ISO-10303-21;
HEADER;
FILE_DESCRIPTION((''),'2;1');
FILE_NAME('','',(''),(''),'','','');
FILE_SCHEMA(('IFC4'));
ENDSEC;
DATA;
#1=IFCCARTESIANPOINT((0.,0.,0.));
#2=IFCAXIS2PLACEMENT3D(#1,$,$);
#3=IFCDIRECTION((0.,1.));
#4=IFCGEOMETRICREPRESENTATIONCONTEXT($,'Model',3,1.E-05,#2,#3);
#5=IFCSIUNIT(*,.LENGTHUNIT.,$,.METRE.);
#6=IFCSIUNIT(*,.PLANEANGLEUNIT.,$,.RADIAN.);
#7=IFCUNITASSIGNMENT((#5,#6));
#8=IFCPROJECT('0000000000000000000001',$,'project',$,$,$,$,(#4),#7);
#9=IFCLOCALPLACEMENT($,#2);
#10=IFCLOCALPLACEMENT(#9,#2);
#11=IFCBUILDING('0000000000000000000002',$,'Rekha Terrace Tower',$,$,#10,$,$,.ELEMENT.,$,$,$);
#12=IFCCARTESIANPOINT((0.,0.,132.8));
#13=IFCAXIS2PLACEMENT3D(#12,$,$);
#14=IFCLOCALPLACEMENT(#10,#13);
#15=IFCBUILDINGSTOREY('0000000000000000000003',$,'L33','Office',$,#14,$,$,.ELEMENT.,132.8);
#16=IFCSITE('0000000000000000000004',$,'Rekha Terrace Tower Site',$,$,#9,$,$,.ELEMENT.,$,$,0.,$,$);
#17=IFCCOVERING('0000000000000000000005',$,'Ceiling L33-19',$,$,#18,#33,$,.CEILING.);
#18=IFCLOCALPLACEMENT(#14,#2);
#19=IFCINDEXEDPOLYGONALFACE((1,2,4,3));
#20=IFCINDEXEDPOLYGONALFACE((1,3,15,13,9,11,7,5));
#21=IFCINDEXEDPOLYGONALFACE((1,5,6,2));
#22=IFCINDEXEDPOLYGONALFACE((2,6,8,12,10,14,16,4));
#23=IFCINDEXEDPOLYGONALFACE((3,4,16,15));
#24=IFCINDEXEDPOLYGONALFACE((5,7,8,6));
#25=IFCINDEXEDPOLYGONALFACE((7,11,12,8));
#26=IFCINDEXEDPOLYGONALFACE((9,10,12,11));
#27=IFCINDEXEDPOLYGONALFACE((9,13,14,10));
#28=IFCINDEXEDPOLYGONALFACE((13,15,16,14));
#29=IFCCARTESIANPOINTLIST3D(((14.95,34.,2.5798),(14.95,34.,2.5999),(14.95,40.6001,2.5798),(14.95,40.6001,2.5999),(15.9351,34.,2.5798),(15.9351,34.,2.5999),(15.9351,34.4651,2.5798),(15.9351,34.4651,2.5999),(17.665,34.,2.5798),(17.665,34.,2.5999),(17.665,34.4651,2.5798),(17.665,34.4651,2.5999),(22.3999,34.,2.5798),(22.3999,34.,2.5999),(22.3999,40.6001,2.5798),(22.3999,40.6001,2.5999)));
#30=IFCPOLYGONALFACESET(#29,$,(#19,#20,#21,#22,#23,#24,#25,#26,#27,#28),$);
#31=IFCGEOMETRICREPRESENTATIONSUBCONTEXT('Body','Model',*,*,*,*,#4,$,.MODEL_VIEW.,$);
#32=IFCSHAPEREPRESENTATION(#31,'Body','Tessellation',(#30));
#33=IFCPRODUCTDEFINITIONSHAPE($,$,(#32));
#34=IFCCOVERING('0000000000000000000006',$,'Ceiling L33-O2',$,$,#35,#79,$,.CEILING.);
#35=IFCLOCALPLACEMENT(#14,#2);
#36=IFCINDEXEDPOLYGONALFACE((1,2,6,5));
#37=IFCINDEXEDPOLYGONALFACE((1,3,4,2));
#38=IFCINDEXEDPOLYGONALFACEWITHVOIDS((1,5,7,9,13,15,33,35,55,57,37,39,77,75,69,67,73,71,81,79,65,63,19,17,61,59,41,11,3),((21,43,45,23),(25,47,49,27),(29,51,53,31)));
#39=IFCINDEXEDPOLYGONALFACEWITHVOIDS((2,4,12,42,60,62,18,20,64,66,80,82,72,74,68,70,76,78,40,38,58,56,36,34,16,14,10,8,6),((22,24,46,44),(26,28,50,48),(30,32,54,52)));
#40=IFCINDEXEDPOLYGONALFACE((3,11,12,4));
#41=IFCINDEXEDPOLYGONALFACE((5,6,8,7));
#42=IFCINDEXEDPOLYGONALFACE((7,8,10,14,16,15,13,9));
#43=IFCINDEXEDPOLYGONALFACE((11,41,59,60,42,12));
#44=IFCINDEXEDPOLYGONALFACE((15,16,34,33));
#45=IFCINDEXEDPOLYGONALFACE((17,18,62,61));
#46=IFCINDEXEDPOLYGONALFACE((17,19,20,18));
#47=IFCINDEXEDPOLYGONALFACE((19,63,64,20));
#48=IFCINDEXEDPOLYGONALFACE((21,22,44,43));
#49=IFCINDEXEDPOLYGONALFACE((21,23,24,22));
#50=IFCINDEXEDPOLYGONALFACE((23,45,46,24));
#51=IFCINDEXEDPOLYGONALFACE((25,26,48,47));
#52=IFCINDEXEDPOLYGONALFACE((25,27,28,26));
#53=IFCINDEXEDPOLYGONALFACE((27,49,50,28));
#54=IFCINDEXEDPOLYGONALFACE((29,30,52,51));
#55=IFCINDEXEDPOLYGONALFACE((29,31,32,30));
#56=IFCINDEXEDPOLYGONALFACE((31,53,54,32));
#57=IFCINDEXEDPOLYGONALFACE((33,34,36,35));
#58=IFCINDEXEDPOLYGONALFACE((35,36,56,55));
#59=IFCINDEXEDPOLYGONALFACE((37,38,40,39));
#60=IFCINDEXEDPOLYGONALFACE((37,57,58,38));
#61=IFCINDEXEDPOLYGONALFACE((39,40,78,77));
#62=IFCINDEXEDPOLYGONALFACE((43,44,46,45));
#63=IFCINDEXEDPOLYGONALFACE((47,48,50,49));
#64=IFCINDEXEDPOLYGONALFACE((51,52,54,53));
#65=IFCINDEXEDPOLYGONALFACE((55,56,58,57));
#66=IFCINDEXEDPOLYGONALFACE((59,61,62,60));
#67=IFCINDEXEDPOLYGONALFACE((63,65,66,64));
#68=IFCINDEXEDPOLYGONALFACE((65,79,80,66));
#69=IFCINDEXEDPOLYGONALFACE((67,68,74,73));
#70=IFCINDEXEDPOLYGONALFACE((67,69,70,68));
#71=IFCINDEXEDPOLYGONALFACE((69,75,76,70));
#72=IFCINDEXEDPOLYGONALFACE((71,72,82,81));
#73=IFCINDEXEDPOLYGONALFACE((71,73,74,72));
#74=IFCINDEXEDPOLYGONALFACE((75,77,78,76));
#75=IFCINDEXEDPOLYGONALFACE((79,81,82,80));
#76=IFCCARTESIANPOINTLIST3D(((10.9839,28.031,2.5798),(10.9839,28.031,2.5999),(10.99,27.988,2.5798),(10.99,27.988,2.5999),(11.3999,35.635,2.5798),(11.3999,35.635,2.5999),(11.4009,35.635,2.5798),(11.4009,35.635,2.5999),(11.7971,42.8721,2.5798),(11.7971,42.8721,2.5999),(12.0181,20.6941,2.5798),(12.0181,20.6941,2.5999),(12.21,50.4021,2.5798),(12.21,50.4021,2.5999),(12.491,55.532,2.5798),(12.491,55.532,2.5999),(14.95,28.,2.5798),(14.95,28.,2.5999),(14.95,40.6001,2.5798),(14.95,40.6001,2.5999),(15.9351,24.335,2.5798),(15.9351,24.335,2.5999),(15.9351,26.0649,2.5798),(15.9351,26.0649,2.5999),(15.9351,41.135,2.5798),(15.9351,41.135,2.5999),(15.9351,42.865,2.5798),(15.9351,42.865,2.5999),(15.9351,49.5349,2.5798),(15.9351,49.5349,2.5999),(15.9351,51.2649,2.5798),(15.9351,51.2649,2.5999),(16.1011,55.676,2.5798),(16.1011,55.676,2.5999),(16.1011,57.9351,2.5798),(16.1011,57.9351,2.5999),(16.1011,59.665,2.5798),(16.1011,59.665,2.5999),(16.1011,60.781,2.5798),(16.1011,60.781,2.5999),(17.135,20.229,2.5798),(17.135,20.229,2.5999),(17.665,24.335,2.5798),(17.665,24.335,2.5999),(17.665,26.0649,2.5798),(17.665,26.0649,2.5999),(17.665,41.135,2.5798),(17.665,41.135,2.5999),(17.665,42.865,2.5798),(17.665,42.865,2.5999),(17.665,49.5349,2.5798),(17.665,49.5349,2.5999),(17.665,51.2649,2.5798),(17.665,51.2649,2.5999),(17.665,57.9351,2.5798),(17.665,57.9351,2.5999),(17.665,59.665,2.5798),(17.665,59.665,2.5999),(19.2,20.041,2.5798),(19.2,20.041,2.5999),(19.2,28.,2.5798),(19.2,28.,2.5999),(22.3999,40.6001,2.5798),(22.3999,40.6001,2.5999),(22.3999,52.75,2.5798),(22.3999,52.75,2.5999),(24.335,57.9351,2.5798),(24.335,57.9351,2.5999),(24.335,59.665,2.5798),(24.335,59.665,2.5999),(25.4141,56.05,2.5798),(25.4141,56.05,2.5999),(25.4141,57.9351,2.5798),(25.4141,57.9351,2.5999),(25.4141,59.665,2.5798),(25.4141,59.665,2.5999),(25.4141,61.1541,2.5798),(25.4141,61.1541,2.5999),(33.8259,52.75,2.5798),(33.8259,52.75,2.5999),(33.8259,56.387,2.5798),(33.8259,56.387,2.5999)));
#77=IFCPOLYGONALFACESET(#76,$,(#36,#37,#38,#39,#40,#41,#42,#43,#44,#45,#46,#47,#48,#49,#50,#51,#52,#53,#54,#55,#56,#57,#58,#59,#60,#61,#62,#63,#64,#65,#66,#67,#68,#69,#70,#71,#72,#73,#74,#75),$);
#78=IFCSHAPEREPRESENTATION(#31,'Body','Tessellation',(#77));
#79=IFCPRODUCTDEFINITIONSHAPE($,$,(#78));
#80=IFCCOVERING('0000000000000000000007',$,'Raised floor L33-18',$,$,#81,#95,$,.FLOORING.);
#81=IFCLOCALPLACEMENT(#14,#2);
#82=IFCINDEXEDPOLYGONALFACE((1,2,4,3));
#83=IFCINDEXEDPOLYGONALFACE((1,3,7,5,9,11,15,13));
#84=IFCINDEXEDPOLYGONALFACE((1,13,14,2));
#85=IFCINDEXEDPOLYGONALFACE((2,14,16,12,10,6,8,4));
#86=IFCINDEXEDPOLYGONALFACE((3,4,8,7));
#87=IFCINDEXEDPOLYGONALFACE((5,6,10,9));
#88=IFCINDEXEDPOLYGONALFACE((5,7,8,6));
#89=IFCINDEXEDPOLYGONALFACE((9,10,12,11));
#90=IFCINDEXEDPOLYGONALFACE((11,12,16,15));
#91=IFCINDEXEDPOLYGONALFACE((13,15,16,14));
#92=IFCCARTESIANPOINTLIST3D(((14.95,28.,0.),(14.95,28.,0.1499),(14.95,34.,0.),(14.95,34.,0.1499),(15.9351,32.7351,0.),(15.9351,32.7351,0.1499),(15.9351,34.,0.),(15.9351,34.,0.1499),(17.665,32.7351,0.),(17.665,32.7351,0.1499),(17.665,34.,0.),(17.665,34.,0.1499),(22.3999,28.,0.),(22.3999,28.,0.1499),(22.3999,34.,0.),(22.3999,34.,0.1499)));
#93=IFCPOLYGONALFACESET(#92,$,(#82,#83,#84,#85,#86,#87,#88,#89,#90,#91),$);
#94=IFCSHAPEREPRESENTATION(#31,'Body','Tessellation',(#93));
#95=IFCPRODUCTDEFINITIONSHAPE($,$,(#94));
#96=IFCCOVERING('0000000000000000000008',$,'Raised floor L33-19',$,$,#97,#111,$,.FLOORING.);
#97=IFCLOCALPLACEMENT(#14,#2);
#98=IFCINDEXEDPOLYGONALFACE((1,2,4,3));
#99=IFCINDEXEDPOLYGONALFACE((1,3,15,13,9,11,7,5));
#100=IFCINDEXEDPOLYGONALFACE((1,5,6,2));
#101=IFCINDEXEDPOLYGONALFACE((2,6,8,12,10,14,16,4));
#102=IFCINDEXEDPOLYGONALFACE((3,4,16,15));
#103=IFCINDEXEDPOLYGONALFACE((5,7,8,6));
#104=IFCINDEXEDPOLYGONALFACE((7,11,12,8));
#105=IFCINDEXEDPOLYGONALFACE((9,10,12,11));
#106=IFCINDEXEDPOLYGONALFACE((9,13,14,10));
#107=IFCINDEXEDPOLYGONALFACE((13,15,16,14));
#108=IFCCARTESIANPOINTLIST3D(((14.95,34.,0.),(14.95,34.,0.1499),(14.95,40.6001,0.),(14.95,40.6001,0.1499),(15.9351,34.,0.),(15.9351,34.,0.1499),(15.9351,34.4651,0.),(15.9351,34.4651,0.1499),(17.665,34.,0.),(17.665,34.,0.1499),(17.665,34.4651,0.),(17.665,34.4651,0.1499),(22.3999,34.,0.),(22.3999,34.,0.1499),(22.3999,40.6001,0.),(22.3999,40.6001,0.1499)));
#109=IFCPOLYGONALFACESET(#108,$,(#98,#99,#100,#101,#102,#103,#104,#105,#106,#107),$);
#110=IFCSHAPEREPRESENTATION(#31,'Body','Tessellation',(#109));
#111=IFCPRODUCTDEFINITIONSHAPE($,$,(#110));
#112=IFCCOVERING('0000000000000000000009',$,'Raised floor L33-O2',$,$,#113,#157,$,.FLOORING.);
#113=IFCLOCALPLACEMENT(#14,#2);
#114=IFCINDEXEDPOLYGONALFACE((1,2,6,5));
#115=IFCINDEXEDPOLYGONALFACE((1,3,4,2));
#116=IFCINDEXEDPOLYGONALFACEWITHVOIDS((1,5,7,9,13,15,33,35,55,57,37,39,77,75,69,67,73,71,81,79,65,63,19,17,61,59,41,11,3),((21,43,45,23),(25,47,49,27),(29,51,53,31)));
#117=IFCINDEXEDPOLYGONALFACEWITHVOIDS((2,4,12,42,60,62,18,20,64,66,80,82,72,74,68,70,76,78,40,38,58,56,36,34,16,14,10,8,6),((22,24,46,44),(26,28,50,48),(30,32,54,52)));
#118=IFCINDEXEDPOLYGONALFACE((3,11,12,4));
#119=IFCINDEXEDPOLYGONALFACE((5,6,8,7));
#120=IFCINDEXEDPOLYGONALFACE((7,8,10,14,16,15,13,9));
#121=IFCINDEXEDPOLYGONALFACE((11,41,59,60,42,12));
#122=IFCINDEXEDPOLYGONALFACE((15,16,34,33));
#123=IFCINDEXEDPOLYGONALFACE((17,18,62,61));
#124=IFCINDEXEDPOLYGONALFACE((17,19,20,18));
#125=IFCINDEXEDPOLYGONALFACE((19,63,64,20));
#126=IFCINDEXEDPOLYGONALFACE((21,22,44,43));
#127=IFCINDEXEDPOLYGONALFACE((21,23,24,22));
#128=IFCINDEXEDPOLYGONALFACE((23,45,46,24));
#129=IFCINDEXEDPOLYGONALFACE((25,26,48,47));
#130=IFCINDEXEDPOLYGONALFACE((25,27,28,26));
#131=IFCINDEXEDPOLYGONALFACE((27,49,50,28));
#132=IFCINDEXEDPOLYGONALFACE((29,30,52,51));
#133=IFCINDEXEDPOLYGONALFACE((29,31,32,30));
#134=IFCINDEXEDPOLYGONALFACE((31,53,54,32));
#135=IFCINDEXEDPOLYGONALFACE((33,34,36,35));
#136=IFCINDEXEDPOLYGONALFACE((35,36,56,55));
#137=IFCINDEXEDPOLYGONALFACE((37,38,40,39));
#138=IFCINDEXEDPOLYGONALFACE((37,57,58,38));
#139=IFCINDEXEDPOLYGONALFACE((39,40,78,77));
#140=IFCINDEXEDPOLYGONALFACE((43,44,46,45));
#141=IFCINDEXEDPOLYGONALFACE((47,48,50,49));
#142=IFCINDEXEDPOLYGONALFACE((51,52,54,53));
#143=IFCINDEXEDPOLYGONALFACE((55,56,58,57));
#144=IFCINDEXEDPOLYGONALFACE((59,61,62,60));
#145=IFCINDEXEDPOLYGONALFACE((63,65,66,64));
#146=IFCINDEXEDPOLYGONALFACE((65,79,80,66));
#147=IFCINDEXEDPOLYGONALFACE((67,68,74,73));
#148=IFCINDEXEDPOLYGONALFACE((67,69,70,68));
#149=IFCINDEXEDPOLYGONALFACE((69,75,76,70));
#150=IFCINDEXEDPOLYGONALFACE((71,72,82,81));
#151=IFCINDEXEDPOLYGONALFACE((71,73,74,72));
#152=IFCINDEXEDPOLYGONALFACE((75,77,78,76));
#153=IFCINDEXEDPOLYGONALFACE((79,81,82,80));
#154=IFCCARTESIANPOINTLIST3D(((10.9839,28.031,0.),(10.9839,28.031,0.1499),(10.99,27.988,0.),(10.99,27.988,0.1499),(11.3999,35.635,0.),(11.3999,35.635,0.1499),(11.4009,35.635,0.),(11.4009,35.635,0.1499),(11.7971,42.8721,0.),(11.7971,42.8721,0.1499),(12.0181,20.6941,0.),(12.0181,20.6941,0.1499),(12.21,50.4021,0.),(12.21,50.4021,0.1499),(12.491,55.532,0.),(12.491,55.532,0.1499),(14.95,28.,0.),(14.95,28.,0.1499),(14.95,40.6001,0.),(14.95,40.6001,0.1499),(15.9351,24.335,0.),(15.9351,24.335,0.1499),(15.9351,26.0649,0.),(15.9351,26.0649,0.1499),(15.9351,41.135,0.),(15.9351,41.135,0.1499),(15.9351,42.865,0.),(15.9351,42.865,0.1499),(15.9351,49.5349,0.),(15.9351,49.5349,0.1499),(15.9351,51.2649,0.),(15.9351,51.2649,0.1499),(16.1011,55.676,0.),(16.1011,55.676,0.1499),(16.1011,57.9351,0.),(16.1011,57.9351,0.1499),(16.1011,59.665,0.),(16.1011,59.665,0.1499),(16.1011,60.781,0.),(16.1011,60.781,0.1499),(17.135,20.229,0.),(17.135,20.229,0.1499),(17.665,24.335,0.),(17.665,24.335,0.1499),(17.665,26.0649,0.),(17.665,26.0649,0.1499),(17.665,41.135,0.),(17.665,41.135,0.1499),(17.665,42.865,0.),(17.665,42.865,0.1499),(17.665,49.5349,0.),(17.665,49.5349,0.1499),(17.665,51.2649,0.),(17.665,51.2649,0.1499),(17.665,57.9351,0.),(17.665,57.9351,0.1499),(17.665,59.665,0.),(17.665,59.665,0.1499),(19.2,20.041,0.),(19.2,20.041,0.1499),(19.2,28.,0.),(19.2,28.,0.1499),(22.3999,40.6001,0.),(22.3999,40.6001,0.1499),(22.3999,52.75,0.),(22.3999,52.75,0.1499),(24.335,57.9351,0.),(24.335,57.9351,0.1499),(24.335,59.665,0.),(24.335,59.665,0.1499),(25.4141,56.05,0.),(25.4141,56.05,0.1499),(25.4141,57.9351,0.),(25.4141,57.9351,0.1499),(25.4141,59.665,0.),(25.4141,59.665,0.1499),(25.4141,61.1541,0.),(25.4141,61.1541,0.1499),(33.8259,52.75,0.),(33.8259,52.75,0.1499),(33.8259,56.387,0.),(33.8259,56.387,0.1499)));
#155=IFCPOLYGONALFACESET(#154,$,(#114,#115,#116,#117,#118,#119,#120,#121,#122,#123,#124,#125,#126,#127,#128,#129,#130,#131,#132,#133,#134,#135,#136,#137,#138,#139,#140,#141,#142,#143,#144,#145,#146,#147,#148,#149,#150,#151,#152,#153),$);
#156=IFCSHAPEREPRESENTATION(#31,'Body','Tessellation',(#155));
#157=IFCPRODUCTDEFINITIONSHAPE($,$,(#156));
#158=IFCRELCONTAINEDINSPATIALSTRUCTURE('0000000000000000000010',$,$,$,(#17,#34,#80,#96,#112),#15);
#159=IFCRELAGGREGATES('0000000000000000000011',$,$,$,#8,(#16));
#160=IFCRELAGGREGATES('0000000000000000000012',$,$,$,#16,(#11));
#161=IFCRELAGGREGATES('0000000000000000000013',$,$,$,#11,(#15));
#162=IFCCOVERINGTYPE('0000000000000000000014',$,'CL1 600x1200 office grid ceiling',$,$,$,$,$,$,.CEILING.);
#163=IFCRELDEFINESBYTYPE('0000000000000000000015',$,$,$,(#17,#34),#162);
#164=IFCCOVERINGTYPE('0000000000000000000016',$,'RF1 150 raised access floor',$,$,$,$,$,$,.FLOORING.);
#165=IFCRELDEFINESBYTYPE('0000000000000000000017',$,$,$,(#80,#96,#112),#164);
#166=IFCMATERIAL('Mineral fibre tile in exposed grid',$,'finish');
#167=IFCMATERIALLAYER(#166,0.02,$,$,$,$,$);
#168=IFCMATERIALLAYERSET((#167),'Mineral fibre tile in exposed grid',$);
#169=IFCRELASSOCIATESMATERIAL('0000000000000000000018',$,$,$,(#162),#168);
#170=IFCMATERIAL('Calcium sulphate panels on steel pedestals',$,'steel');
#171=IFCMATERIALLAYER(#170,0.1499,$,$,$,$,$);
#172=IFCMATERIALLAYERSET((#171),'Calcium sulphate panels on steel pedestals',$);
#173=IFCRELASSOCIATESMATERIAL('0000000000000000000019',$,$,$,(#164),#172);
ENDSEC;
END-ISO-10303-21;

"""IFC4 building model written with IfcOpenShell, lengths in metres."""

from ifc_helpers import new_model, si_unit, direction, frame, origin, place, context, subcontext, project, spatial, polyline, outline, extrude, material, layer, layer_set, type_object, element, save


model = new_model("IFC4")

# Units and contexts
model_context = context("Model", 3, precision=1e-05, world=origin(), true_north=direction((0.0, 1.0)))
body_context = subcontext(model_context, "Body", "Model", "MODEL_VIEW")
ifc_project = project(units=[si_unit("LENGTHUNIT", "METRE"), si_unit("PLANEANGLEUNIT", "RADIAN")], contexts=[model_context])

# Site, building, storey
site_placement = place(None, origin())
site = spatial("IfcSite", under=ifc_project, at=site_placement, Name="Rekha Terrace Tower Site", CompositionType="ELEMENT", RefElevation=0.0)
building_placement = place(site_placement, origin())
building = spatial("IfcBuilding", under=site, at=building_placement, Name="Rekha Terrace Tower", CompositionType="ELEMENT")
storey_placement = place(building_placement, frame((0.0, 0.0, 132.8)))
storey = spatial("IfcBuildingStorey", under=building, at=storey_placement, Name="L33", Description="Office", CompositionType="ELEMENT", Elevation=132.8)

# Coverings
ifc_material_1 = material(Name="Mineral fibre tile in exposed grid", Category="finish")
ifc_layer_1 = layer(ifc_material_1, 0.02)
ifc_layer_set_1 = layer_set([ifc_layer_1], Name="Mineral fibre tile in exposed grid")
covering_type_1 = type_object("IfcCoveringType", Name="CL1 600x1200 office grid ceiling", PredefinedType="CEILING", material=ifc_layer_set_1)
covering_1_placement = place(storey_placement, frame((0.0, 0.0, 2.5798)))
element("IfcCovering", 1, at=covering_1_placement, inside=storey, type_object=covering_type_1, Name="Ceiling L33-19", PredefinedType="CEILING", context=body_context, shape_type="SweptSolid", body=[
    extrude(outline(polyline([(22.3999, 40.6001), (14.95, 40.6001), (14.95, 34.0), (15.9351, 34.0), (15.9351, 34.4651), (17.665, 34.4651), (17.665, 34.0), (22.3999, 34.0), (22.3999, 40.6001)])), origin(), (0.0, 0.0, 1.0), 0.02),
])
covering_2_placement = place(storey_placement, frame((0.0, 0.0, 2.5798)))
element("IfcCovering", 2, at=covering_2_placement, inside=storey, type_object=covering_type_1, Name="Ceiling L33-O2", PredefinedType="CEILING", context=body_context, shape_type="SweptSolid", body=[
    extrude(outline(polyline([(10.9839, 28.031), (10.99, 27.988), (12.0181, 20.6941), (17.135, 20.229), (19.2, 20.041), (19.2, 28.0), (14.95, 28.0), (14.95, 40.6001), (22.3999, 40.6001), (22.3999, 52.75), (33.8259, 52.75), (33.8259, 56.387), (25.4141, 56.05), (25.4141, 57.9351), (24.335, 57.9351), (24.335, 59.665), (25.4141, 59.665), (25.4141, 61.1541), (16.1011, 60.781), (16.1011, 59.665), (17.665, 59.665), (17.665, 57.9351), (16.1011, 57.9351), (16.1011, 55.676), (12.491, 55.532), (12.21, 50.4021), (11.7971, 42.8721), (11.4009, 35.635), (11.3999, 35.635), (10.9839, 28.031)]), holes=[polyline([(17.665, 26.0649), (17.665, 24.335), (15.9351, 24.335), (15.9351, 26.0649), (17.665, 26.0649)]), polyline([(17.665, 41.135), (15.9351, 41.135), (15.9351, 42.865), (17.665, 42.865), (17.665, 41.135)]), polyline([(17.665, 49.5349), (15.9351, 49.5349), (15.9351, 51.2649), (17.665, 51.2649), (17.665, 49.5349)])]), origin(), (0.0, 0.0, 1.0), 0.02),
])
ifc_material_2 = material(Name="Calcium sulphate panels on steel pedestals", Category="steel")
ifc_layer_2 = layer(ifc_material_2, 0.1499)
ifc_layer_set_2 = layer_set([ifc_layer_2], Name="Calcium sulphate panels on steel pedestals")
covering_type_2 = type_object("IfcCoveringType", Name="RF1 150 raised access floor", PredefinedType="FLOORING", material=ifc_layer_set_2)
covering_3_placement = place(storey_placement, origin())
element("IfcCovering", 3, at=covering_3_placement, inside=storey, type_object=covering_type_2, Name="Raised floor L33-18", PredefinedType="FLOORING", context=body_context, shape_type="SweptSolid", body=[
    extrude(outline(polyline([(15.9351, 34.0), (14.95, 34.0), (14.95, 28.0), (22.3999, 28.0), (22.3999, 34.0), (17.665, 34.0), (17.665, 32.7351), (15.9351, 32.7351), (15.9351, 34.0)])), origin(), (0.0, 0.0, 1.0), 0.1499),
])
covering_4_placement = place(storey_placement, origin())
element("IfcCovering", 4, at=covering_4_placement, inside=storey, type_object=covering_type_2, Name="Raised floor L33-19", PredefinedType="FLOORING", context=body_context, shape_type="SweptSolid", body=[
    extrude(outline(polyline([(22.3999, 40.6001), (14.95, 40.6001), (14.95, 34.0), (15.9351, 34.0), (15.9351, 34.4651), (17.665, 34.4651), (17.665, 34.0), (22.3999, 34.0), (22.3999, 40.6001)])), origin(), (0.0, 0.0, 1.0), 0.1499),
])
covering_5_placement = place(storey_placement, origin())
element("IfcCovering", 5, at=covering_5_placement, inside=storey, type_object=covering_type_2, Name="Raised floor L33-O2", PredefinedType="FLOORING", context=body_context, shape_type="SweptSolid", body=[
    extrude(outline(polyline([(10.9839, 28.031), (10.99, 27.988), (12.0181, 20.6941), (17.135, 20.229), (19.2, 20.041), (19.2, 28.0), (14.95, 28.0), (14.95, 40.6001), (22.3999, 40.6001), (22.3999, 52.75), (33.8259, 52.75), (33.8259, 56.387), (25.4141, 56.05), (25.4141, 57.9351), (24.335, 57.9351), (24.335, 59.665), (25.4141, 59.665), (25.4141, 61.1541), (16.1011, 60.781), (16.1011, 59.665), (17.665, 59.665), (17.665, 57.9351), (16.1011, 57.9351), (16.1011, 55.676), (12.491, 55.532), (12.21, 50.4021), (11.7971, 42.8721), (11.4009, 35.635), (11.3999, 35.635), (10.9839, 28.031)]), holes=[polyline([(17.665, 26.0649), (17.665, 24.335), (15.9351, 24.335), (15.9351, 26.0649), (17.665, 26.0649)]), polyline([(17.665, 41.135), (15.9351, 41.135), (15.9351, 42.865), (17.665, 42.865), (17.665, 41.135)]), polyline([(17.665, 49.5349), (15.9351, 49.5349), (15.9351, 51.2649), (17.665, 51.2649), (17.665, 49.5349)])]), origin(), (0.0, 0.0, 1.0), 0.1499),
])

save(model, "model.ifc")
